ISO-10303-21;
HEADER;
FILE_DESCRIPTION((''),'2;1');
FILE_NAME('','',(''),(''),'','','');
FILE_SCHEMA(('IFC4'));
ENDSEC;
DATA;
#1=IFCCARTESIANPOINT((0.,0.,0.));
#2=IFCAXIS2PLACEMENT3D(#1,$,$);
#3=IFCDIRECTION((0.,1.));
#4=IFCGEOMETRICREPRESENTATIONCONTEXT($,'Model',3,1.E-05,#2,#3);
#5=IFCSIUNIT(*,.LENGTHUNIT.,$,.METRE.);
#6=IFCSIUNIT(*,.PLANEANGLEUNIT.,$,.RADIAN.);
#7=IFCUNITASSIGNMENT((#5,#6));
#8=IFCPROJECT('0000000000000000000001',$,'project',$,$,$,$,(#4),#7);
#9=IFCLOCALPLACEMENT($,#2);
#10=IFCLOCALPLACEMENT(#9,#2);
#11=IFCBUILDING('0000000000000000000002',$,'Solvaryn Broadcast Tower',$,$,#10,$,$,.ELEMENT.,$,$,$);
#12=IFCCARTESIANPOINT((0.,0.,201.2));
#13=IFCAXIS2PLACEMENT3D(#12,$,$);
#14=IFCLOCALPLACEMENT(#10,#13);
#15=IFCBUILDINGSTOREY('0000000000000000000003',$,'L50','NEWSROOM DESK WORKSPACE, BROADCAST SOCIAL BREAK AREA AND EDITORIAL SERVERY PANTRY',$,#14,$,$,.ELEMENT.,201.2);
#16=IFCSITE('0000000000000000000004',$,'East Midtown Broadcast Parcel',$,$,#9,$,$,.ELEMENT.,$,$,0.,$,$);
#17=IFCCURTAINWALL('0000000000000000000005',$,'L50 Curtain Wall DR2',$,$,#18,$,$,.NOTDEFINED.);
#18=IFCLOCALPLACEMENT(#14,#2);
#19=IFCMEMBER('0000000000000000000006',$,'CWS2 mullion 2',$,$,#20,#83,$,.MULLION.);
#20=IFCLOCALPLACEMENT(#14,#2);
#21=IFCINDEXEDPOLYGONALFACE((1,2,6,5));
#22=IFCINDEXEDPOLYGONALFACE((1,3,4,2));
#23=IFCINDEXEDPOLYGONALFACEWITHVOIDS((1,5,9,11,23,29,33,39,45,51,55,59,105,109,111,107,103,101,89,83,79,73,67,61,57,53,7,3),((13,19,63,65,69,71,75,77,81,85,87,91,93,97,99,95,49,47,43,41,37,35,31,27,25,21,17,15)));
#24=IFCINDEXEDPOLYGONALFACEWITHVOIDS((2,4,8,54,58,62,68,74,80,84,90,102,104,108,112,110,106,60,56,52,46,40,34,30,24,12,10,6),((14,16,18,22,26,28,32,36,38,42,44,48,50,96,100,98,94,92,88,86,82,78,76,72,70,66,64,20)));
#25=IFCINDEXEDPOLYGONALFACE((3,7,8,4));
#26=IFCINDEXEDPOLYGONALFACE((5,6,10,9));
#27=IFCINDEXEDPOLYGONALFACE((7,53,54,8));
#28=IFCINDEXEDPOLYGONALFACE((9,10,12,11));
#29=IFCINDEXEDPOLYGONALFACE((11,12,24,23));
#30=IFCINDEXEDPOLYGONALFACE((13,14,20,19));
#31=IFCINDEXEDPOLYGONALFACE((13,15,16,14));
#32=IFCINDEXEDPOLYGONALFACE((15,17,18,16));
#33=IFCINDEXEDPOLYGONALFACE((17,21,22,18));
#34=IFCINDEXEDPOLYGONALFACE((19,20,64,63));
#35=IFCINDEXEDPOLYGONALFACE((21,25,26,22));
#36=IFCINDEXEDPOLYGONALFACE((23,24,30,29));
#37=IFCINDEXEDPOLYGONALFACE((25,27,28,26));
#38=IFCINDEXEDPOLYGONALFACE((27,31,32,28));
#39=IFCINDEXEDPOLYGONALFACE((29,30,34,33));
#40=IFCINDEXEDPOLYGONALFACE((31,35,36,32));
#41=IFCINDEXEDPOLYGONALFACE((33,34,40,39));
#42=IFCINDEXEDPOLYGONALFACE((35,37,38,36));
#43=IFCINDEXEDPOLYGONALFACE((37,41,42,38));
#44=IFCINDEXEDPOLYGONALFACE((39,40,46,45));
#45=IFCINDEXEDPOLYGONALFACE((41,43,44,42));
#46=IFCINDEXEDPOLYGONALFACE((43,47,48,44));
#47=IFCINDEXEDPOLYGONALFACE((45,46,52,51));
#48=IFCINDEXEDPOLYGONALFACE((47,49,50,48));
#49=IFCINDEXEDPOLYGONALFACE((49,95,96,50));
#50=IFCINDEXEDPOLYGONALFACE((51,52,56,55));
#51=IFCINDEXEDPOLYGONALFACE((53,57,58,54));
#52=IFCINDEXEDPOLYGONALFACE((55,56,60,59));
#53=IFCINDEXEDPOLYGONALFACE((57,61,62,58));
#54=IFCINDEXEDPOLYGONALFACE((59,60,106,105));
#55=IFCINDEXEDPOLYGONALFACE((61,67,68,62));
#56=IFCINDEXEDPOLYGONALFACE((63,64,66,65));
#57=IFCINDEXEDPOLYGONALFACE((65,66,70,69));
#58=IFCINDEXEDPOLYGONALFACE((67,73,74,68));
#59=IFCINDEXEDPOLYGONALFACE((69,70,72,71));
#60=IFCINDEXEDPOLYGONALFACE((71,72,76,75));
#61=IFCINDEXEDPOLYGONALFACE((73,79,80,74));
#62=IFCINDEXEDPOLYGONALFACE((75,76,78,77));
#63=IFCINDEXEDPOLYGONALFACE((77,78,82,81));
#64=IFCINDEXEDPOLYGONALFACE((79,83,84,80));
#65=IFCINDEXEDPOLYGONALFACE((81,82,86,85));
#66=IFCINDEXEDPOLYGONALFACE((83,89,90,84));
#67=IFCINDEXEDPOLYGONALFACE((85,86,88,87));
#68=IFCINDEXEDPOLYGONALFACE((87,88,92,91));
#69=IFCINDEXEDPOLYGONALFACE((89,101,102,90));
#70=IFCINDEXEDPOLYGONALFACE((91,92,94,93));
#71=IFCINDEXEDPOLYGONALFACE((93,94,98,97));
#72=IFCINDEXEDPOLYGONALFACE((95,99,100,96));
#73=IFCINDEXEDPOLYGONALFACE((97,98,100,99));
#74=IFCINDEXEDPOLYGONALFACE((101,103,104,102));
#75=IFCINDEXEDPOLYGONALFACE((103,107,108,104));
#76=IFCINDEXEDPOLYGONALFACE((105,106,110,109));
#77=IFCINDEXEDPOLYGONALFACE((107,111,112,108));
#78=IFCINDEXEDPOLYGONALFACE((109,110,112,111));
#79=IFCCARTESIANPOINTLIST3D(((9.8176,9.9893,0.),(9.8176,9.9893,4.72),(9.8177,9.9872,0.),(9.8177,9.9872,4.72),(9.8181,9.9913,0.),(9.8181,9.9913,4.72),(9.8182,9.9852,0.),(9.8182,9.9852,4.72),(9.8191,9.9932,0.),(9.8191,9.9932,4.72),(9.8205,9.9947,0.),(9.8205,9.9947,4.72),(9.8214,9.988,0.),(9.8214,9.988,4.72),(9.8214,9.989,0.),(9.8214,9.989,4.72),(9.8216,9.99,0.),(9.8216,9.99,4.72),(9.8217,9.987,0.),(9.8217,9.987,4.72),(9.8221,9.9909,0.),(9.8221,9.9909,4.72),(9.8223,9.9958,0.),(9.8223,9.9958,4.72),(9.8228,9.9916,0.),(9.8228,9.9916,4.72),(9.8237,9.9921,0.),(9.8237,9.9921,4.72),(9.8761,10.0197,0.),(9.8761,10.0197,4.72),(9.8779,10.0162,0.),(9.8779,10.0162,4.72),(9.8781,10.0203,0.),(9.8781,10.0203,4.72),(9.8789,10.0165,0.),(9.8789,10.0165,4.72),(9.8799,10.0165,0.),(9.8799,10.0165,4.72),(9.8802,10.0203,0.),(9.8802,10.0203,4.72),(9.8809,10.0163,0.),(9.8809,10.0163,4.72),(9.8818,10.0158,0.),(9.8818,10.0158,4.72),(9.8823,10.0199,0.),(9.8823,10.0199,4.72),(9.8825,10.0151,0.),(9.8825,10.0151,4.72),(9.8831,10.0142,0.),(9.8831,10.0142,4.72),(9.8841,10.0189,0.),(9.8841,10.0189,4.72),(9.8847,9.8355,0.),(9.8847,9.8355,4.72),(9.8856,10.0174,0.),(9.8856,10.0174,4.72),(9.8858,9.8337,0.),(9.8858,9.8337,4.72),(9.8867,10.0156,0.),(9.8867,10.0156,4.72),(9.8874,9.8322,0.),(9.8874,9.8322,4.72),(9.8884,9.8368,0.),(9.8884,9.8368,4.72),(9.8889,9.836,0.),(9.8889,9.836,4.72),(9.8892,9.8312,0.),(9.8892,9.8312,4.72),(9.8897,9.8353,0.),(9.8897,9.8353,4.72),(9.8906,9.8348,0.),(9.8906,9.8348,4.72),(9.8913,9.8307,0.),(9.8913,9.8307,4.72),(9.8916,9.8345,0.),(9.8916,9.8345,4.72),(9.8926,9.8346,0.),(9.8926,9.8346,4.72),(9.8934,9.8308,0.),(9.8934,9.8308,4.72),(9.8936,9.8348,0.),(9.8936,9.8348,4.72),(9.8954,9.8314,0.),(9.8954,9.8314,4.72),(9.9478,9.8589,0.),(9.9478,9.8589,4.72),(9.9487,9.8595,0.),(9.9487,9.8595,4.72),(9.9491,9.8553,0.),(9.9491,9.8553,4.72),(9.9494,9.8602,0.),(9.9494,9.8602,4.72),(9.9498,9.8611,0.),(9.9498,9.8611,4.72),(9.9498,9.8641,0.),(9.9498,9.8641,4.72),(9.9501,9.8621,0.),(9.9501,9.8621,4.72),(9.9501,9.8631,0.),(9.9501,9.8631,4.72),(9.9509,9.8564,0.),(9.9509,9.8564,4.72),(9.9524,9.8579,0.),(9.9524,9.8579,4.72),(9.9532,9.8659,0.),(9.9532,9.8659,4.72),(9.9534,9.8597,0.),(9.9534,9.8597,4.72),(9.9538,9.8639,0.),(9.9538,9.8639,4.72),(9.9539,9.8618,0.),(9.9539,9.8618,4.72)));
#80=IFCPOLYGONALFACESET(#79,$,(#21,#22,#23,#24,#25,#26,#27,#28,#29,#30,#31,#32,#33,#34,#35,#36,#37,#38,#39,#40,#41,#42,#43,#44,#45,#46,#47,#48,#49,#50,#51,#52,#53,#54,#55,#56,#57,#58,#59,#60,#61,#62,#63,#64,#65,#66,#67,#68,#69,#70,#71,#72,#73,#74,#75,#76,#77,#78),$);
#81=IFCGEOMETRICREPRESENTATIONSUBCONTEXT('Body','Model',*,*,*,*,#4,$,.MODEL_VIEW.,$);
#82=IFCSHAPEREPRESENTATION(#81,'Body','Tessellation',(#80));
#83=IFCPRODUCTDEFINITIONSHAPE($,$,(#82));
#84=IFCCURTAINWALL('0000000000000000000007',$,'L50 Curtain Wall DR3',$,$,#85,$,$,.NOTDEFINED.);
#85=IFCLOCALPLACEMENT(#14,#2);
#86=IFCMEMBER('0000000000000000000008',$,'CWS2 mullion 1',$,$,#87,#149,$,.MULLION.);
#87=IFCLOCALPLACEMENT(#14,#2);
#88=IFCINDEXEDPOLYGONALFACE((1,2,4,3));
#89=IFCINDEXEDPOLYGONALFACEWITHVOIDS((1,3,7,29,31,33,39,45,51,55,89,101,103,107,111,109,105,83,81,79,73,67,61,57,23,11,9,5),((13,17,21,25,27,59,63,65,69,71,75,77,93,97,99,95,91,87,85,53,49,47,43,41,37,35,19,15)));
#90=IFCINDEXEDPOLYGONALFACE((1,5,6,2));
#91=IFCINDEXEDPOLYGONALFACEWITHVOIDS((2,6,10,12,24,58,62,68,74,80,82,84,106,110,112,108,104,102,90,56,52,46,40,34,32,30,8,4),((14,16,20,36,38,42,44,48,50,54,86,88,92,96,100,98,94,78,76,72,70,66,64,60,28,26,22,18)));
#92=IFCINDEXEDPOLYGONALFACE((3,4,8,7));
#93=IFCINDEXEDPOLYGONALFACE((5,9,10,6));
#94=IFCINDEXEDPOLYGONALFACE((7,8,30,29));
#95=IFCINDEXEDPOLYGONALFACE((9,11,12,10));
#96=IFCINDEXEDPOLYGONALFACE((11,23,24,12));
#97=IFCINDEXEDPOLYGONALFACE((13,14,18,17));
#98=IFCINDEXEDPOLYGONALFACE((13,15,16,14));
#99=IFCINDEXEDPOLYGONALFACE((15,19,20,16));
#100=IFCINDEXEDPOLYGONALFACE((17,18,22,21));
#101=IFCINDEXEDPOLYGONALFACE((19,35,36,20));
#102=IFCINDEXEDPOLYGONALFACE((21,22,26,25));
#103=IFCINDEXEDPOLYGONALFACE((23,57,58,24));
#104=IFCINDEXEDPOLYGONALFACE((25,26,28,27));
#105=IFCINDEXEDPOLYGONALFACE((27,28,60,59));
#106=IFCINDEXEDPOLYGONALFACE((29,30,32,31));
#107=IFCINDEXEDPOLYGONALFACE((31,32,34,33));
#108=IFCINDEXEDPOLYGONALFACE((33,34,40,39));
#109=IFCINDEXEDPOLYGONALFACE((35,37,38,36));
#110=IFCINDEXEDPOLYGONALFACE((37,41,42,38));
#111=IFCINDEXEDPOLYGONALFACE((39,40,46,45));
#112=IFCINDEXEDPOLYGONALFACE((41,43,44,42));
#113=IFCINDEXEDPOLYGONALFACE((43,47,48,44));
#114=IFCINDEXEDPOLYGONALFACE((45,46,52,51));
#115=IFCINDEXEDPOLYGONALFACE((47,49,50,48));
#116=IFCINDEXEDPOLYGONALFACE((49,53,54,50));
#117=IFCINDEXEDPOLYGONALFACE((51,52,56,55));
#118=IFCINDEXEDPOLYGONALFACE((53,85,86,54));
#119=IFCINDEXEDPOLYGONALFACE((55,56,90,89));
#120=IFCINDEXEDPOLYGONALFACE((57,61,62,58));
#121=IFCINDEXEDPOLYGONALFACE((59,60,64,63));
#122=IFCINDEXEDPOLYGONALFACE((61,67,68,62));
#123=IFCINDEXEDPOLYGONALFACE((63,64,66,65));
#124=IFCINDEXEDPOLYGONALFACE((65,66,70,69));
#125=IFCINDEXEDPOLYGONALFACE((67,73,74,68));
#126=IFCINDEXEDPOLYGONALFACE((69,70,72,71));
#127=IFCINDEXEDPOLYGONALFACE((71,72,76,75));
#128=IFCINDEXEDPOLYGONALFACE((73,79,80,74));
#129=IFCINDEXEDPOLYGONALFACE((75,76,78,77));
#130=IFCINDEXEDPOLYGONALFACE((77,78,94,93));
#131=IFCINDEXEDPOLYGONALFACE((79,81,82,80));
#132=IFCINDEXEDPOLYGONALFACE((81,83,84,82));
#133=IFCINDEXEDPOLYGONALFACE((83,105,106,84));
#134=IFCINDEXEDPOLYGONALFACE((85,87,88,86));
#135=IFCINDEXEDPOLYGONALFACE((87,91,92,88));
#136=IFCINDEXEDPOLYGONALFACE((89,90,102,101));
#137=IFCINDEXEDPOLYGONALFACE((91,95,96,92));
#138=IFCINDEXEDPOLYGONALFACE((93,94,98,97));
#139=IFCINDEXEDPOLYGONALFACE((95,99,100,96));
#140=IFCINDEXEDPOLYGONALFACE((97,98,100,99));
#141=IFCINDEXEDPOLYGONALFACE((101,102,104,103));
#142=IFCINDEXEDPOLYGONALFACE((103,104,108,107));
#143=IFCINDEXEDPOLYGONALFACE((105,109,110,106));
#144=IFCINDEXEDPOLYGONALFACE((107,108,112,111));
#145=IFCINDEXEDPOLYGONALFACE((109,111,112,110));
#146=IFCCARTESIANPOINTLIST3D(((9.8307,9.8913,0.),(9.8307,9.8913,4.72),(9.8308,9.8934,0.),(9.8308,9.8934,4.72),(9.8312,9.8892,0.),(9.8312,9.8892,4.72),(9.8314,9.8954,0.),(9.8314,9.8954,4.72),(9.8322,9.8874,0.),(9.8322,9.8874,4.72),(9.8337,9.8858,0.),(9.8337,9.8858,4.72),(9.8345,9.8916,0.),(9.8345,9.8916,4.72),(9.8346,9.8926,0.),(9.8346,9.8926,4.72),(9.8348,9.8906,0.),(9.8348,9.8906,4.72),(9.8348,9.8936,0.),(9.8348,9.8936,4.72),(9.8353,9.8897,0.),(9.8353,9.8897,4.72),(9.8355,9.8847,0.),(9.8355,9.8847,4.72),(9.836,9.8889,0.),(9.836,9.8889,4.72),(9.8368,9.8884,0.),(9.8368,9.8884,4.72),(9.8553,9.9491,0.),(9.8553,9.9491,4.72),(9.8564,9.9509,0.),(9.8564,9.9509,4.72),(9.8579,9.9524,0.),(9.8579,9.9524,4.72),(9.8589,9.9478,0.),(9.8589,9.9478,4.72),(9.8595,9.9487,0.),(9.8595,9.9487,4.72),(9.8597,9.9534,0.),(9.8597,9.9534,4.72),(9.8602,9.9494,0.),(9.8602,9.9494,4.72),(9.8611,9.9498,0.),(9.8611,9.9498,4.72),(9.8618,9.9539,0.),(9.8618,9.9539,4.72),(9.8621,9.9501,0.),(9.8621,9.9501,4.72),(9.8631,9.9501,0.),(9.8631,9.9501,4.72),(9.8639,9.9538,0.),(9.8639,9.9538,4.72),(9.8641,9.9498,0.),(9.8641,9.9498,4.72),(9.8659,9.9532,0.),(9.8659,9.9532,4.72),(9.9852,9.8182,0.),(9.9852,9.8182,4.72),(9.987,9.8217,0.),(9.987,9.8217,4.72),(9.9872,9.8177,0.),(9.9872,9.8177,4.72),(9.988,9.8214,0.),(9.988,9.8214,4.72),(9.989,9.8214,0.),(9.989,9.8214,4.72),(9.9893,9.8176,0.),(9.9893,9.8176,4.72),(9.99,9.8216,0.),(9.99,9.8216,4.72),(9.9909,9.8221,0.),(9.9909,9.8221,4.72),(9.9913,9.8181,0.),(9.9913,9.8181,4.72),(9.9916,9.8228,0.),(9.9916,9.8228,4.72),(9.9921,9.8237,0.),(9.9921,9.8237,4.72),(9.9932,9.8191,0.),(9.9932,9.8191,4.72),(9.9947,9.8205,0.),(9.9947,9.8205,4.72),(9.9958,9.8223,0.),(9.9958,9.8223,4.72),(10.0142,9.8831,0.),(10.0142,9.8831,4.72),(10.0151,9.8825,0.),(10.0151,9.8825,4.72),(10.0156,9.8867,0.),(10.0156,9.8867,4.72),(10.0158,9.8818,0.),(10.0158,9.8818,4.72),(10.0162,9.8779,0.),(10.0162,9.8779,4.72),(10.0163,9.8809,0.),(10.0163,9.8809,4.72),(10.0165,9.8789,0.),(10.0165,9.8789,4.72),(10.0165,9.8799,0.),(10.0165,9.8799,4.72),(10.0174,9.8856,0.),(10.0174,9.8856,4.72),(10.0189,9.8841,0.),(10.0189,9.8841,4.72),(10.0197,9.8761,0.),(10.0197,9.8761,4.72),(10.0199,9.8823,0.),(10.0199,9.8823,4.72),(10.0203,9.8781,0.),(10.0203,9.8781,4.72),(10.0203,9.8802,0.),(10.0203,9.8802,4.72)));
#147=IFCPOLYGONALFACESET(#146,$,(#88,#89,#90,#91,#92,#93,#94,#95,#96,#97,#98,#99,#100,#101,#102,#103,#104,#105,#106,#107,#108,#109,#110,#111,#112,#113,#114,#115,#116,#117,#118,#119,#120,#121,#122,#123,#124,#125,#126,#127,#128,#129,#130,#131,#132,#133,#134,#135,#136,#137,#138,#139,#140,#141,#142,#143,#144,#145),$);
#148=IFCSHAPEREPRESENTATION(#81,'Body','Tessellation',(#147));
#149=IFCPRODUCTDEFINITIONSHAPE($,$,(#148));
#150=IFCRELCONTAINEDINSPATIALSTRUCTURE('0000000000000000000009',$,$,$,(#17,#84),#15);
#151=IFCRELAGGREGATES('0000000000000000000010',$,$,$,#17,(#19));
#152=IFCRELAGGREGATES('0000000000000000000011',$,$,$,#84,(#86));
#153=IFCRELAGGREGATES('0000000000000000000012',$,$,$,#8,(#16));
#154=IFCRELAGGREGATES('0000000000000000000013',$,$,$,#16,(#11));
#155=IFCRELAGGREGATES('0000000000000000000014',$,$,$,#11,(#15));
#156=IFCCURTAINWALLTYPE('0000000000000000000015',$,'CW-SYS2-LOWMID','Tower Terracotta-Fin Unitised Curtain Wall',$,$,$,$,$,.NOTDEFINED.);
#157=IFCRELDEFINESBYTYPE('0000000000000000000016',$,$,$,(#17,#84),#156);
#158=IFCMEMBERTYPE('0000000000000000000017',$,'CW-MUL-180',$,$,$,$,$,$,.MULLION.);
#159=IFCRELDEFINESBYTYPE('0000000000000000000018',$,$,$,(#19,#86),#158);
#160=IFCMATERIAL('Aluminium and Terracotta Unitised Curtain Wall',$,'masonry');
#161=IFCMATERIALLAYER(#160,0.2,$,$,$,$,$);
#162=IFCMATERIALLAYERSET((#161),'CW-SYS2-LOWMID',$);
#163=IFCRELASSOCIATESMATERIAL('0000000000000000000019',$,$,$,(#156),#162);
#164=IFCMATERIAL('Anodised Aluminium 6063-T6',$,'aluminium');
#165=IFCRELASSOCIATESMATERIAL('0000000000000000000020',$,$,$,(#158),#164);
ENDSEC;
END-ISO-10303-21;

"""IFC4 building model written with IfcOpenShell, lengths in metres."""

from ifc_helpers import new_model, si_unit, direction, frame, origin, origin_2d, place, context, subcontext, project, spatial, hollow_rectangle, extrude, material, layer, layer_set, material_profile, profile_set, type_object, element, aggregate, save


model = new_model("IFC4")

# Units and contexts
model_context = context("Model", 3, precision=1e-05, world=origin(), true_north=direction((0.0, 1.0)))
body_context = subcontext(model_context, "Body", "Model", "MODEL_VIEW")
ifc_project = project(units=[si_unit("LENGTHUNIT", "METRE"), si_unit("PLANEANGLEUNIT", "RADIAN")], contexts=[model_context])

# Site, building, storey
site_placement = place(None, origin())
site = spatial("IfcSite", under=ifc_project, at=site_placement, Name="East Midtown Broadcast Parcel", CompositionType="ELEMENT", RefElevation=0.0)
building_placement = place(site_placement, origin())
building = spatial("IfcBuilding", under=site, at=building_placement, Name="Solvaryn Broadcast Tower", CompositionType="ELEMENT")
storey_placement = place(building_placement, frame((0.0, 0.0, 201.2)))
storey = spatial("IfcBuildingStorey", under=building, at=storey_placement, Name="L50", Description="NEWSROOM DESK WORKSPACE, BROADCAST SOCIAL BREAK AREA AND EDITORIAL SERVERY PANTRY", CompositionType="ELEMENT", Elevation=201.2)

# Curtain wall, member
ifc_material_1 = material(Name="Aluminium and Terracotta Unitised Curtain Wall", Category="masonry")
ifc_layer_1 = layer(ifc_material_1, 0.2)
ifc_layer_set_1 = layer_set([ifc_layer_1], Name="CW-SYS2-LOWMID")
curtain_wall_type = type_object("IfcCurtainWallType", Name="CW-SYS2-LOWMID", Description="Tower Terracotta-Fin Unitised Curtain Wall", PredefinedType="NOTDEFINED", material=ifc_layer_set_1)
curtain_wall_1_placement = place(storey_placement, origin())
curtain_wall_1 = element("IfcCurtainWall", 1, at=curtain_wall_1_placement, inside=storey, type_object=curtain_wall_type, Name="L50 Curtain Wall DR2", PredefinedType="NOTDEFINED")
ifc_material_2 = material(Name="Anodised Aluminium 6063-T6", Category="aluminium")
ifc_material_profile_1 = material_profile(ifc_material_2, hollow_rectangle(XDim=0.075, YDim=0.1799, WallThickness=0.0039, InnerFilletRadius=0.0039, OuterFilletRadius=0.0081, at=origin_2d()))
ifc_profile_set_1 = profile_set([ifc_material_profile_1], Name="Anodised Aluminium 6063-T6")
member_type_1 = type_object("IfcMemberType", Name="CW-MUL-180", PredefinedType="MULLION", material=ifc_profile_set_1)
member_1_placement = place(storey_placement, frame((9.8857, 9.9255, 0.0), z_axis=(0.0, 0.0, 1.0), x_axis=(0.913917, 0.405901, 0.0)))
member_1 = element("IfcMember", 2, at=member_1_placement, type_object=member_type_1, Name="CWS2 mullion 2", PredefinedType="MULLION", context=body_context, shape_type="SweptSolid", body=[
    extrude(hollow_rectangle(XDim=0.075, YDim=0.1799, WallThickness=0.0039, InnerFilletRadius=0.0039, OuterFilletRadius=0.0081, at=origin_2d()), origin(), (0.0, 0.0, 1.0), 4.72),
])
aggregate(curtain_wall_1, [member_1])

# Curtain wall, member
curtain_wall_2_placement = place(storey_placement, origin())
curtain_wall_2 = element("IfcCurtainWall", 3, at=curtain_wall_2_placement, inside=storey, type_object=curtain_wall_type, Name="L50 Curtain Wall DR3", PredefinedType="NOTDEFINED")
member_2_placement = place(storey_placement, frame((9.9255, 9.8857, 0.0), z_axis=(0.0, 0.0, 1.0), x_axis=(0.405901, 0.913917, 0.0)))
member_2 = element("IfcMember", 4, at=member_2_placement, type_object=member_type_1, Name="CWS2 mullion 1", PredefinedType="MULLION", context=body_context, shape_type="SweptSolid", body=[
    extrude(hollow_rectangle(XDim=0.075, YDim=0.1799, WallThickness=0.0039, InnerFilletRadius=0.0039, OuterFilletRadius=0.0081, at=origin_2d()), origin(), (0.0, 0.0, 1.0), 4.72),
])
aggregate(curtain_wall_2, [member_2])

save(model, "model.ifc")
